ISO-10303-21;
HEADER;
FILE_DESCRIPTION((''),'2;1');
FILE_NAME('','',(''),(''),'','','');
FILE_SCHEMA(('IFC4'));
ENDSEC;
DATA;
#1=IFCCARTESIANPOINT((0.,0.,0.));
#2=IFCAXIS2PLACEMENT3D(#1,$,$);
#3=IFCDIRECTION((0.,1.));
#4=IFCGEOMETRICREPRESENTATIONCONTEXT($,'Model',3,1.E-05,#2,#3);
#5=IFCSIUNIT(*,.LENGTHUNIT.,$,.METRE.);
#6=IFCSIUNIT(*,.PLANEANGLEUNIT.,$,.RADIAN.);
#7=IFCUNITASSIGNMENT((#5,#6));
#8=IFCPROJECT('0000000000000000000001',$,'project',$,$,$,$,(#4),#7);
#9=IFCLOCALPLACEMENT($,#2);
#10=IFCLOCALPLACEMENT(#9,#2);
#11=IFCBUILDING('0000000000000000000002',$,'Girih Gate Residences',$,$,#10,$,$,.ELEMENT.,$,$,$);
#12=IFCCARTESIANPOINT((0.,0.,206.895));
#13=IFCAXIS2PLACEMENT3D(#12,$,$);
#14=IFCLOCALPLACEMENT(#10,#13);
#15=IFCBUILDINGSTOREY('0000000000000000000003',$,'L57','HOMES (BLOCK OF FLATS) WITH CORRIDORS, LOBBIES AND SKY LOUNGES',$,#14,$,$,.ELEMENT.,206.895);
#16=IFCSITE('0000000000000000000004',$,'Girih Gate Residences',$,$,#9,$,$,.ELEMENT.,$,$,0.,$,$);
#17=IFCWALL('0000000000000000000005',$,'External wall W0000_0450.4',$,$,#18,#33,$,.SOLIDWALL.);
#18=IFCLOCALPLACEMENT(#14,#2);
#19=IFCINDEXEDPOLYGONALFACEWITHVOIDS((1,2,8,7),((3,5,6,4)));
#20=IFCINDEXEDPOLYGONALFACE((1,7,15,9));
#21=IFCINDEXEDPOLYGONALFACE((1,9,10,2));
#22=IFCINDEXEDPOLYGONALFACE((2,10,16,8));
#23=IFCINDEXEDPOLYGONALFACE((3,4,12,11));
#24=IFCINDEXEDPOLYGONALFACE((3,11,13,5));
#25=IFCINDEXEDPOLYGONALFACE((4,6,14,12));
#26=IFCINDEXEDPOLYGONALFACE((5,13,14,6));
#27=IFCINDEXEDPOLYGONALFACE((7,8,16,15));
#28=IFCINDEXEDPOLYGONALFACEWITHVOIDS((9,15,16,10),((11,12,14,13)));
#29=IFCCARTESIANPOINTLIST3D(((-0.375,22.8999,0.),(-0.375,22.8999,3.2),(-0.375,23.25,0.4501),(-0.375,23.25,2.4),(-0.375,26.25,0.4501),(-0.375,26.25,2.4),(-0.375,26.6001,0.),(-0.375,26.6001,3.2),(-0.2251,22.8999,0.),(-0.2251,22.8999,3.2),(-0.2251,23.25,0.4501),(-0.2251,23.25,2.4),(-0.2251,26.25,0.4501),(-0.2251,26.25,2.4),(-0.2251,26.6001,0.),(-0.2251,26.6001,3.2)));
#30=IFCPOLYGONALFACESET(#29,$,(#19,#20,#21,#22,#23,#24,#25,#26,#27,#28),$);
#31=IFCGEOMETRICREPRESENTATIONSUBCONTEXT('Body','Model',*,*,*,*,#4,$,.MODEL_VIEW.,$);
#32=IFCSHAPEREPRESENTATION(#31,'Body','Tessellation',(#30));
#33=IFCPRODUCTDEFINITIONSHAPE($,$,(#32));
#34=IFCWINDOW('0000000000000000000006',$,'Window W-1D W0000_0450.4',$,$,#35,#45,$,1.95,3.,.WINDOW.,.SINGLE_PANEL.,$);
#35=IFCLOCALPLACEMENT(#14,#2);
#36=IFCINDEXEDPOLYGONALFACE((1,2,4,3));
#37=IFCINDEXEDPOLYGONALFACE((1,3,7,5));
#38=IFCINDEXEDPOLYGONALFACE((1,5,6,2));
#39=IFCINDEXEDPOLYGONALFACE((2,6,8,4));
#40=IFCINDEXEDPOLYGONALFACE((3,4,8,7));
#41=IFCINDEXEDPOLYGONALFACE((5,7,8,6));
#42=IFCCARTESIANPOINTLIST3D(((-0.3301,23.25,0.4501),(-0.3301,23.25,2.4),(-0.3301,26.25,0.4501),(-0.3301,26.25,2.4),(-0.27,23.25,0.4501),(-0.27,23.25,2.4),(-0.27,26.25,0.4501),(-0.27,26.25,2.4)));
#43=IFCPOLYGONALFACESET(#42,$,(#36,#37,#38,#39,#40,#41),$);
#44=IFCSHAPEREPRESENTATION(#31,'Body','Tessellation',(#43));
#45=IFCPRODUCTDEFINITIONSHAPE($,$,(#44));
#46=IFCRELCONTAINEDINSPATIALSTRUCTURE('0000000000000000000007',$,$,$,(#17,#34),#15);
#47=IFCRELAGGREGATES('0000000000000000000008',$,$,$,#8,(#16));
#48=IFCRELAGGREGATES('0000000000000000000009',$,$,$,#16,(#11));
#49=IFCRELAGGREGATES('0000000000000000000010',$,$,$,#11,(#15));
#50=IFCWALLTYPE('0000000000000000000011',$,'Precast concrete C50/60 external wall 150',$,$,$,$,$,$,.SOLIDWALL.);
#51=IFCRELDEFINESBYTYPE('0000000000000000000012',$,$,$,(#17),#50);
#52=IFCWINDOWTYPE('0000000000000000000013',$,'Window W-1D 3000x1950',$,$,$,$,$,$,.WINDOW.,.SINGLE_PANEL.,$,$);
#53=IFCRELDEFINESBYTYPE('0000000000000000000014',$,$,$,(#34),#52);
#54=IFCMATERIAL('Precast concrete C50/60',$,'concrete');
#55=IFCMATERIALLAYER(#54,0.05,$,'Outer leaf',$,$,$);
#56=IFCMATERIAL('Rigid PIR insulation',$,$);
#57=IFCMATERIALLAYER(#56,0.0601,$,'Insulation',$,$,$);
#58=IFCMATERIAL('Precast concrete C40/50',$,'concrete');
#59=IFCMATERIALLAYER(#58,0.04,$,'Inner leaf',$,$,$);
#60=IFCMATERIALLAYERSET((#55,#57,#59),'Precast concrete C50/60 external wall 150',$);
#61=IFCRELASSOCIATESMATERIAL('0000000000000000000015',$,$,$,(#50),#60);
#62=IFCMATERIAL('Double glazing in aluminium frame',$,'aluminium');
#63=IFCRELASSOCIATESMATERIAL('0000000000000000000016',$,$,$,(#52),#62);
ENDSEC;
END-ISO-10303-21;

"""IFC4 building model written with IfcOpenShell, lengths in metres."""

from ifc_helpers import new_model, si_unit, direction, frame, frame_2d, origin, place, context, subcontext, project, spatial, rectangle, extrude, material, layer, layer_set, type_object, element, fill, save


model = new_model("IFC4")

# Units and contexts
model_context = context("Model", 3, precision=1e-05, world=origin(), true_north=direction((0.0, 1.0)))
body_context = subcontext(model_context, "Body", "Model", "MODEL_VIEW")
ifc_project = project(units=[si_unit("LENGTHUNIT", "METRE"), si_unit("PLANEANGLEUNIT", "RADIAN")], contexts=[model_context])

# Site, building, storey
site_placement = place(None, origin())
site = spatial("IfcSite", under=ifc_project, at=site_placement, Name="Girih Gate Residences", CompositionType="ELEMENT", RefElevation=0.0)
building_placement = place(site_placement, origin())
building = spatial("IfcBuilding", under=site, at=building_placement, Name="Girih Gate Residences", CompositionType="ELEMENT")
storey_placement = place(building_placement, frame((0.0, 0.0, 206.895)))
storey = spatial("IfcBuildingStorey", under=building, at=storey_placement, Name="L57", Description="HOMES (BLOCK OF FLATS) WITH CORRIDORS, LOBBIES AND SKY LOUNGES", CompositionType="ELEMENT", Elevation=206.895)

# Wall, opening, window
ifc_material_1 = material(Name="Precast concrete C50/60", Category="concrete")
ifc_layer_1 = layer(ifc_material_1, 0.05, Name="Outer leaf")
ifc_material_2 = material(Name="Rigid PIR insulation")
ifc_layer_2 = layer(ifc_material_2, 0.0601, Name="Insulation")
ifc_material_3 = material(Name="Precast concrete C40/50", Category="concrete")
ifc_layer_3 = layer(ifc_material_3, 0.04, Name="Inner leaf")
ifc_layer_set_1 = layer_set([ifc_layer_1, ifc_layer_2, ifc_layer_3], Name="Precast concrete C50/60 external wall 150")
wall_type_1 = type_object("IfcWallType", Name="Precast concrete C50/60 external wall 150", PredefinedType="SOLIDWALL", material=ifc_layer_set_1)
wall_1_placement = place(storey_placement, frame((-0.3, 22.8999, 0.0), z_axis=(0.0, 0.0, 1.0), x_axis=(0.0, 1.0, 0.0)))
wall_1 = element("IfcWall", 1, at=wall_1_placement, inside=storey, type_object=wall_type_1, Name="External wall W0000_0450.4", PredefinedType="SOLIDWALL", context=body_context, shape_type="SweptSolid", body=[
    extrude(rectangle(XDim=3.7002, YDim=0.1499, at=frame_2d((1.8501, 0.0))), origin(), (0.0, 0.0, 1.0), 3.2),
])
opening_1_placement = place(wall_1_placement, frame((0.3501, 0.0, 0.45)))
opening_1 = element("IfcOpeningElement", 2, at=opening_1_placement, cuts=wall_1, PredefinedType="OPENING", context=body_context, shape_type="SweptSolid", body=[
    extrude(rectangle(XDim=3.0, YDim=1.95, at=frame_2d((1.5, 0.9751))), frame((0.0, 0.085, 0.0), z_axis=(0.0, -1.0, 0.0), x_axis=(1.0, 0.0, 0.0)), (0.0, 0.0, 1.0), 0.1699),
])
ifc_material_4 = material(Name="Double glazing in aluminium frame", Category="aluminium")
window_type = type_object("IfcWindowType", Name="Window W-1D 3000x1950", PartitioningType="SINGLE_PANEL", PredefinedType="WINDOW", material=ifc_material_4)
window_placement = place(opening_1_placement, origin())
window = element("IfcWindow", 3, at=window_placement, inside=storey, type_object=window_type, Name="Window W-1D W0000_0450.4", OverallHeight=1.95, OverallWidth=3.0, PartitioningType="SINGLE_PANEL", PredefinedType="WINDOW", context=body_context, shape_type="SweptSolid", body=[
    extrude(rectangle(XDim=3.0, YDim=1.95, at=frame_2d((1.5, 0.9751))), frame((0.0, 0.03, 0.0), z_axis=(0.0, -1.0, 0.0), x_axis=(1.0, 0.0, 0.0)), (0.0, 0.0, 1.0), 0.0601),
])
fill(opening_1, window)

save(model, "model.ifc")
